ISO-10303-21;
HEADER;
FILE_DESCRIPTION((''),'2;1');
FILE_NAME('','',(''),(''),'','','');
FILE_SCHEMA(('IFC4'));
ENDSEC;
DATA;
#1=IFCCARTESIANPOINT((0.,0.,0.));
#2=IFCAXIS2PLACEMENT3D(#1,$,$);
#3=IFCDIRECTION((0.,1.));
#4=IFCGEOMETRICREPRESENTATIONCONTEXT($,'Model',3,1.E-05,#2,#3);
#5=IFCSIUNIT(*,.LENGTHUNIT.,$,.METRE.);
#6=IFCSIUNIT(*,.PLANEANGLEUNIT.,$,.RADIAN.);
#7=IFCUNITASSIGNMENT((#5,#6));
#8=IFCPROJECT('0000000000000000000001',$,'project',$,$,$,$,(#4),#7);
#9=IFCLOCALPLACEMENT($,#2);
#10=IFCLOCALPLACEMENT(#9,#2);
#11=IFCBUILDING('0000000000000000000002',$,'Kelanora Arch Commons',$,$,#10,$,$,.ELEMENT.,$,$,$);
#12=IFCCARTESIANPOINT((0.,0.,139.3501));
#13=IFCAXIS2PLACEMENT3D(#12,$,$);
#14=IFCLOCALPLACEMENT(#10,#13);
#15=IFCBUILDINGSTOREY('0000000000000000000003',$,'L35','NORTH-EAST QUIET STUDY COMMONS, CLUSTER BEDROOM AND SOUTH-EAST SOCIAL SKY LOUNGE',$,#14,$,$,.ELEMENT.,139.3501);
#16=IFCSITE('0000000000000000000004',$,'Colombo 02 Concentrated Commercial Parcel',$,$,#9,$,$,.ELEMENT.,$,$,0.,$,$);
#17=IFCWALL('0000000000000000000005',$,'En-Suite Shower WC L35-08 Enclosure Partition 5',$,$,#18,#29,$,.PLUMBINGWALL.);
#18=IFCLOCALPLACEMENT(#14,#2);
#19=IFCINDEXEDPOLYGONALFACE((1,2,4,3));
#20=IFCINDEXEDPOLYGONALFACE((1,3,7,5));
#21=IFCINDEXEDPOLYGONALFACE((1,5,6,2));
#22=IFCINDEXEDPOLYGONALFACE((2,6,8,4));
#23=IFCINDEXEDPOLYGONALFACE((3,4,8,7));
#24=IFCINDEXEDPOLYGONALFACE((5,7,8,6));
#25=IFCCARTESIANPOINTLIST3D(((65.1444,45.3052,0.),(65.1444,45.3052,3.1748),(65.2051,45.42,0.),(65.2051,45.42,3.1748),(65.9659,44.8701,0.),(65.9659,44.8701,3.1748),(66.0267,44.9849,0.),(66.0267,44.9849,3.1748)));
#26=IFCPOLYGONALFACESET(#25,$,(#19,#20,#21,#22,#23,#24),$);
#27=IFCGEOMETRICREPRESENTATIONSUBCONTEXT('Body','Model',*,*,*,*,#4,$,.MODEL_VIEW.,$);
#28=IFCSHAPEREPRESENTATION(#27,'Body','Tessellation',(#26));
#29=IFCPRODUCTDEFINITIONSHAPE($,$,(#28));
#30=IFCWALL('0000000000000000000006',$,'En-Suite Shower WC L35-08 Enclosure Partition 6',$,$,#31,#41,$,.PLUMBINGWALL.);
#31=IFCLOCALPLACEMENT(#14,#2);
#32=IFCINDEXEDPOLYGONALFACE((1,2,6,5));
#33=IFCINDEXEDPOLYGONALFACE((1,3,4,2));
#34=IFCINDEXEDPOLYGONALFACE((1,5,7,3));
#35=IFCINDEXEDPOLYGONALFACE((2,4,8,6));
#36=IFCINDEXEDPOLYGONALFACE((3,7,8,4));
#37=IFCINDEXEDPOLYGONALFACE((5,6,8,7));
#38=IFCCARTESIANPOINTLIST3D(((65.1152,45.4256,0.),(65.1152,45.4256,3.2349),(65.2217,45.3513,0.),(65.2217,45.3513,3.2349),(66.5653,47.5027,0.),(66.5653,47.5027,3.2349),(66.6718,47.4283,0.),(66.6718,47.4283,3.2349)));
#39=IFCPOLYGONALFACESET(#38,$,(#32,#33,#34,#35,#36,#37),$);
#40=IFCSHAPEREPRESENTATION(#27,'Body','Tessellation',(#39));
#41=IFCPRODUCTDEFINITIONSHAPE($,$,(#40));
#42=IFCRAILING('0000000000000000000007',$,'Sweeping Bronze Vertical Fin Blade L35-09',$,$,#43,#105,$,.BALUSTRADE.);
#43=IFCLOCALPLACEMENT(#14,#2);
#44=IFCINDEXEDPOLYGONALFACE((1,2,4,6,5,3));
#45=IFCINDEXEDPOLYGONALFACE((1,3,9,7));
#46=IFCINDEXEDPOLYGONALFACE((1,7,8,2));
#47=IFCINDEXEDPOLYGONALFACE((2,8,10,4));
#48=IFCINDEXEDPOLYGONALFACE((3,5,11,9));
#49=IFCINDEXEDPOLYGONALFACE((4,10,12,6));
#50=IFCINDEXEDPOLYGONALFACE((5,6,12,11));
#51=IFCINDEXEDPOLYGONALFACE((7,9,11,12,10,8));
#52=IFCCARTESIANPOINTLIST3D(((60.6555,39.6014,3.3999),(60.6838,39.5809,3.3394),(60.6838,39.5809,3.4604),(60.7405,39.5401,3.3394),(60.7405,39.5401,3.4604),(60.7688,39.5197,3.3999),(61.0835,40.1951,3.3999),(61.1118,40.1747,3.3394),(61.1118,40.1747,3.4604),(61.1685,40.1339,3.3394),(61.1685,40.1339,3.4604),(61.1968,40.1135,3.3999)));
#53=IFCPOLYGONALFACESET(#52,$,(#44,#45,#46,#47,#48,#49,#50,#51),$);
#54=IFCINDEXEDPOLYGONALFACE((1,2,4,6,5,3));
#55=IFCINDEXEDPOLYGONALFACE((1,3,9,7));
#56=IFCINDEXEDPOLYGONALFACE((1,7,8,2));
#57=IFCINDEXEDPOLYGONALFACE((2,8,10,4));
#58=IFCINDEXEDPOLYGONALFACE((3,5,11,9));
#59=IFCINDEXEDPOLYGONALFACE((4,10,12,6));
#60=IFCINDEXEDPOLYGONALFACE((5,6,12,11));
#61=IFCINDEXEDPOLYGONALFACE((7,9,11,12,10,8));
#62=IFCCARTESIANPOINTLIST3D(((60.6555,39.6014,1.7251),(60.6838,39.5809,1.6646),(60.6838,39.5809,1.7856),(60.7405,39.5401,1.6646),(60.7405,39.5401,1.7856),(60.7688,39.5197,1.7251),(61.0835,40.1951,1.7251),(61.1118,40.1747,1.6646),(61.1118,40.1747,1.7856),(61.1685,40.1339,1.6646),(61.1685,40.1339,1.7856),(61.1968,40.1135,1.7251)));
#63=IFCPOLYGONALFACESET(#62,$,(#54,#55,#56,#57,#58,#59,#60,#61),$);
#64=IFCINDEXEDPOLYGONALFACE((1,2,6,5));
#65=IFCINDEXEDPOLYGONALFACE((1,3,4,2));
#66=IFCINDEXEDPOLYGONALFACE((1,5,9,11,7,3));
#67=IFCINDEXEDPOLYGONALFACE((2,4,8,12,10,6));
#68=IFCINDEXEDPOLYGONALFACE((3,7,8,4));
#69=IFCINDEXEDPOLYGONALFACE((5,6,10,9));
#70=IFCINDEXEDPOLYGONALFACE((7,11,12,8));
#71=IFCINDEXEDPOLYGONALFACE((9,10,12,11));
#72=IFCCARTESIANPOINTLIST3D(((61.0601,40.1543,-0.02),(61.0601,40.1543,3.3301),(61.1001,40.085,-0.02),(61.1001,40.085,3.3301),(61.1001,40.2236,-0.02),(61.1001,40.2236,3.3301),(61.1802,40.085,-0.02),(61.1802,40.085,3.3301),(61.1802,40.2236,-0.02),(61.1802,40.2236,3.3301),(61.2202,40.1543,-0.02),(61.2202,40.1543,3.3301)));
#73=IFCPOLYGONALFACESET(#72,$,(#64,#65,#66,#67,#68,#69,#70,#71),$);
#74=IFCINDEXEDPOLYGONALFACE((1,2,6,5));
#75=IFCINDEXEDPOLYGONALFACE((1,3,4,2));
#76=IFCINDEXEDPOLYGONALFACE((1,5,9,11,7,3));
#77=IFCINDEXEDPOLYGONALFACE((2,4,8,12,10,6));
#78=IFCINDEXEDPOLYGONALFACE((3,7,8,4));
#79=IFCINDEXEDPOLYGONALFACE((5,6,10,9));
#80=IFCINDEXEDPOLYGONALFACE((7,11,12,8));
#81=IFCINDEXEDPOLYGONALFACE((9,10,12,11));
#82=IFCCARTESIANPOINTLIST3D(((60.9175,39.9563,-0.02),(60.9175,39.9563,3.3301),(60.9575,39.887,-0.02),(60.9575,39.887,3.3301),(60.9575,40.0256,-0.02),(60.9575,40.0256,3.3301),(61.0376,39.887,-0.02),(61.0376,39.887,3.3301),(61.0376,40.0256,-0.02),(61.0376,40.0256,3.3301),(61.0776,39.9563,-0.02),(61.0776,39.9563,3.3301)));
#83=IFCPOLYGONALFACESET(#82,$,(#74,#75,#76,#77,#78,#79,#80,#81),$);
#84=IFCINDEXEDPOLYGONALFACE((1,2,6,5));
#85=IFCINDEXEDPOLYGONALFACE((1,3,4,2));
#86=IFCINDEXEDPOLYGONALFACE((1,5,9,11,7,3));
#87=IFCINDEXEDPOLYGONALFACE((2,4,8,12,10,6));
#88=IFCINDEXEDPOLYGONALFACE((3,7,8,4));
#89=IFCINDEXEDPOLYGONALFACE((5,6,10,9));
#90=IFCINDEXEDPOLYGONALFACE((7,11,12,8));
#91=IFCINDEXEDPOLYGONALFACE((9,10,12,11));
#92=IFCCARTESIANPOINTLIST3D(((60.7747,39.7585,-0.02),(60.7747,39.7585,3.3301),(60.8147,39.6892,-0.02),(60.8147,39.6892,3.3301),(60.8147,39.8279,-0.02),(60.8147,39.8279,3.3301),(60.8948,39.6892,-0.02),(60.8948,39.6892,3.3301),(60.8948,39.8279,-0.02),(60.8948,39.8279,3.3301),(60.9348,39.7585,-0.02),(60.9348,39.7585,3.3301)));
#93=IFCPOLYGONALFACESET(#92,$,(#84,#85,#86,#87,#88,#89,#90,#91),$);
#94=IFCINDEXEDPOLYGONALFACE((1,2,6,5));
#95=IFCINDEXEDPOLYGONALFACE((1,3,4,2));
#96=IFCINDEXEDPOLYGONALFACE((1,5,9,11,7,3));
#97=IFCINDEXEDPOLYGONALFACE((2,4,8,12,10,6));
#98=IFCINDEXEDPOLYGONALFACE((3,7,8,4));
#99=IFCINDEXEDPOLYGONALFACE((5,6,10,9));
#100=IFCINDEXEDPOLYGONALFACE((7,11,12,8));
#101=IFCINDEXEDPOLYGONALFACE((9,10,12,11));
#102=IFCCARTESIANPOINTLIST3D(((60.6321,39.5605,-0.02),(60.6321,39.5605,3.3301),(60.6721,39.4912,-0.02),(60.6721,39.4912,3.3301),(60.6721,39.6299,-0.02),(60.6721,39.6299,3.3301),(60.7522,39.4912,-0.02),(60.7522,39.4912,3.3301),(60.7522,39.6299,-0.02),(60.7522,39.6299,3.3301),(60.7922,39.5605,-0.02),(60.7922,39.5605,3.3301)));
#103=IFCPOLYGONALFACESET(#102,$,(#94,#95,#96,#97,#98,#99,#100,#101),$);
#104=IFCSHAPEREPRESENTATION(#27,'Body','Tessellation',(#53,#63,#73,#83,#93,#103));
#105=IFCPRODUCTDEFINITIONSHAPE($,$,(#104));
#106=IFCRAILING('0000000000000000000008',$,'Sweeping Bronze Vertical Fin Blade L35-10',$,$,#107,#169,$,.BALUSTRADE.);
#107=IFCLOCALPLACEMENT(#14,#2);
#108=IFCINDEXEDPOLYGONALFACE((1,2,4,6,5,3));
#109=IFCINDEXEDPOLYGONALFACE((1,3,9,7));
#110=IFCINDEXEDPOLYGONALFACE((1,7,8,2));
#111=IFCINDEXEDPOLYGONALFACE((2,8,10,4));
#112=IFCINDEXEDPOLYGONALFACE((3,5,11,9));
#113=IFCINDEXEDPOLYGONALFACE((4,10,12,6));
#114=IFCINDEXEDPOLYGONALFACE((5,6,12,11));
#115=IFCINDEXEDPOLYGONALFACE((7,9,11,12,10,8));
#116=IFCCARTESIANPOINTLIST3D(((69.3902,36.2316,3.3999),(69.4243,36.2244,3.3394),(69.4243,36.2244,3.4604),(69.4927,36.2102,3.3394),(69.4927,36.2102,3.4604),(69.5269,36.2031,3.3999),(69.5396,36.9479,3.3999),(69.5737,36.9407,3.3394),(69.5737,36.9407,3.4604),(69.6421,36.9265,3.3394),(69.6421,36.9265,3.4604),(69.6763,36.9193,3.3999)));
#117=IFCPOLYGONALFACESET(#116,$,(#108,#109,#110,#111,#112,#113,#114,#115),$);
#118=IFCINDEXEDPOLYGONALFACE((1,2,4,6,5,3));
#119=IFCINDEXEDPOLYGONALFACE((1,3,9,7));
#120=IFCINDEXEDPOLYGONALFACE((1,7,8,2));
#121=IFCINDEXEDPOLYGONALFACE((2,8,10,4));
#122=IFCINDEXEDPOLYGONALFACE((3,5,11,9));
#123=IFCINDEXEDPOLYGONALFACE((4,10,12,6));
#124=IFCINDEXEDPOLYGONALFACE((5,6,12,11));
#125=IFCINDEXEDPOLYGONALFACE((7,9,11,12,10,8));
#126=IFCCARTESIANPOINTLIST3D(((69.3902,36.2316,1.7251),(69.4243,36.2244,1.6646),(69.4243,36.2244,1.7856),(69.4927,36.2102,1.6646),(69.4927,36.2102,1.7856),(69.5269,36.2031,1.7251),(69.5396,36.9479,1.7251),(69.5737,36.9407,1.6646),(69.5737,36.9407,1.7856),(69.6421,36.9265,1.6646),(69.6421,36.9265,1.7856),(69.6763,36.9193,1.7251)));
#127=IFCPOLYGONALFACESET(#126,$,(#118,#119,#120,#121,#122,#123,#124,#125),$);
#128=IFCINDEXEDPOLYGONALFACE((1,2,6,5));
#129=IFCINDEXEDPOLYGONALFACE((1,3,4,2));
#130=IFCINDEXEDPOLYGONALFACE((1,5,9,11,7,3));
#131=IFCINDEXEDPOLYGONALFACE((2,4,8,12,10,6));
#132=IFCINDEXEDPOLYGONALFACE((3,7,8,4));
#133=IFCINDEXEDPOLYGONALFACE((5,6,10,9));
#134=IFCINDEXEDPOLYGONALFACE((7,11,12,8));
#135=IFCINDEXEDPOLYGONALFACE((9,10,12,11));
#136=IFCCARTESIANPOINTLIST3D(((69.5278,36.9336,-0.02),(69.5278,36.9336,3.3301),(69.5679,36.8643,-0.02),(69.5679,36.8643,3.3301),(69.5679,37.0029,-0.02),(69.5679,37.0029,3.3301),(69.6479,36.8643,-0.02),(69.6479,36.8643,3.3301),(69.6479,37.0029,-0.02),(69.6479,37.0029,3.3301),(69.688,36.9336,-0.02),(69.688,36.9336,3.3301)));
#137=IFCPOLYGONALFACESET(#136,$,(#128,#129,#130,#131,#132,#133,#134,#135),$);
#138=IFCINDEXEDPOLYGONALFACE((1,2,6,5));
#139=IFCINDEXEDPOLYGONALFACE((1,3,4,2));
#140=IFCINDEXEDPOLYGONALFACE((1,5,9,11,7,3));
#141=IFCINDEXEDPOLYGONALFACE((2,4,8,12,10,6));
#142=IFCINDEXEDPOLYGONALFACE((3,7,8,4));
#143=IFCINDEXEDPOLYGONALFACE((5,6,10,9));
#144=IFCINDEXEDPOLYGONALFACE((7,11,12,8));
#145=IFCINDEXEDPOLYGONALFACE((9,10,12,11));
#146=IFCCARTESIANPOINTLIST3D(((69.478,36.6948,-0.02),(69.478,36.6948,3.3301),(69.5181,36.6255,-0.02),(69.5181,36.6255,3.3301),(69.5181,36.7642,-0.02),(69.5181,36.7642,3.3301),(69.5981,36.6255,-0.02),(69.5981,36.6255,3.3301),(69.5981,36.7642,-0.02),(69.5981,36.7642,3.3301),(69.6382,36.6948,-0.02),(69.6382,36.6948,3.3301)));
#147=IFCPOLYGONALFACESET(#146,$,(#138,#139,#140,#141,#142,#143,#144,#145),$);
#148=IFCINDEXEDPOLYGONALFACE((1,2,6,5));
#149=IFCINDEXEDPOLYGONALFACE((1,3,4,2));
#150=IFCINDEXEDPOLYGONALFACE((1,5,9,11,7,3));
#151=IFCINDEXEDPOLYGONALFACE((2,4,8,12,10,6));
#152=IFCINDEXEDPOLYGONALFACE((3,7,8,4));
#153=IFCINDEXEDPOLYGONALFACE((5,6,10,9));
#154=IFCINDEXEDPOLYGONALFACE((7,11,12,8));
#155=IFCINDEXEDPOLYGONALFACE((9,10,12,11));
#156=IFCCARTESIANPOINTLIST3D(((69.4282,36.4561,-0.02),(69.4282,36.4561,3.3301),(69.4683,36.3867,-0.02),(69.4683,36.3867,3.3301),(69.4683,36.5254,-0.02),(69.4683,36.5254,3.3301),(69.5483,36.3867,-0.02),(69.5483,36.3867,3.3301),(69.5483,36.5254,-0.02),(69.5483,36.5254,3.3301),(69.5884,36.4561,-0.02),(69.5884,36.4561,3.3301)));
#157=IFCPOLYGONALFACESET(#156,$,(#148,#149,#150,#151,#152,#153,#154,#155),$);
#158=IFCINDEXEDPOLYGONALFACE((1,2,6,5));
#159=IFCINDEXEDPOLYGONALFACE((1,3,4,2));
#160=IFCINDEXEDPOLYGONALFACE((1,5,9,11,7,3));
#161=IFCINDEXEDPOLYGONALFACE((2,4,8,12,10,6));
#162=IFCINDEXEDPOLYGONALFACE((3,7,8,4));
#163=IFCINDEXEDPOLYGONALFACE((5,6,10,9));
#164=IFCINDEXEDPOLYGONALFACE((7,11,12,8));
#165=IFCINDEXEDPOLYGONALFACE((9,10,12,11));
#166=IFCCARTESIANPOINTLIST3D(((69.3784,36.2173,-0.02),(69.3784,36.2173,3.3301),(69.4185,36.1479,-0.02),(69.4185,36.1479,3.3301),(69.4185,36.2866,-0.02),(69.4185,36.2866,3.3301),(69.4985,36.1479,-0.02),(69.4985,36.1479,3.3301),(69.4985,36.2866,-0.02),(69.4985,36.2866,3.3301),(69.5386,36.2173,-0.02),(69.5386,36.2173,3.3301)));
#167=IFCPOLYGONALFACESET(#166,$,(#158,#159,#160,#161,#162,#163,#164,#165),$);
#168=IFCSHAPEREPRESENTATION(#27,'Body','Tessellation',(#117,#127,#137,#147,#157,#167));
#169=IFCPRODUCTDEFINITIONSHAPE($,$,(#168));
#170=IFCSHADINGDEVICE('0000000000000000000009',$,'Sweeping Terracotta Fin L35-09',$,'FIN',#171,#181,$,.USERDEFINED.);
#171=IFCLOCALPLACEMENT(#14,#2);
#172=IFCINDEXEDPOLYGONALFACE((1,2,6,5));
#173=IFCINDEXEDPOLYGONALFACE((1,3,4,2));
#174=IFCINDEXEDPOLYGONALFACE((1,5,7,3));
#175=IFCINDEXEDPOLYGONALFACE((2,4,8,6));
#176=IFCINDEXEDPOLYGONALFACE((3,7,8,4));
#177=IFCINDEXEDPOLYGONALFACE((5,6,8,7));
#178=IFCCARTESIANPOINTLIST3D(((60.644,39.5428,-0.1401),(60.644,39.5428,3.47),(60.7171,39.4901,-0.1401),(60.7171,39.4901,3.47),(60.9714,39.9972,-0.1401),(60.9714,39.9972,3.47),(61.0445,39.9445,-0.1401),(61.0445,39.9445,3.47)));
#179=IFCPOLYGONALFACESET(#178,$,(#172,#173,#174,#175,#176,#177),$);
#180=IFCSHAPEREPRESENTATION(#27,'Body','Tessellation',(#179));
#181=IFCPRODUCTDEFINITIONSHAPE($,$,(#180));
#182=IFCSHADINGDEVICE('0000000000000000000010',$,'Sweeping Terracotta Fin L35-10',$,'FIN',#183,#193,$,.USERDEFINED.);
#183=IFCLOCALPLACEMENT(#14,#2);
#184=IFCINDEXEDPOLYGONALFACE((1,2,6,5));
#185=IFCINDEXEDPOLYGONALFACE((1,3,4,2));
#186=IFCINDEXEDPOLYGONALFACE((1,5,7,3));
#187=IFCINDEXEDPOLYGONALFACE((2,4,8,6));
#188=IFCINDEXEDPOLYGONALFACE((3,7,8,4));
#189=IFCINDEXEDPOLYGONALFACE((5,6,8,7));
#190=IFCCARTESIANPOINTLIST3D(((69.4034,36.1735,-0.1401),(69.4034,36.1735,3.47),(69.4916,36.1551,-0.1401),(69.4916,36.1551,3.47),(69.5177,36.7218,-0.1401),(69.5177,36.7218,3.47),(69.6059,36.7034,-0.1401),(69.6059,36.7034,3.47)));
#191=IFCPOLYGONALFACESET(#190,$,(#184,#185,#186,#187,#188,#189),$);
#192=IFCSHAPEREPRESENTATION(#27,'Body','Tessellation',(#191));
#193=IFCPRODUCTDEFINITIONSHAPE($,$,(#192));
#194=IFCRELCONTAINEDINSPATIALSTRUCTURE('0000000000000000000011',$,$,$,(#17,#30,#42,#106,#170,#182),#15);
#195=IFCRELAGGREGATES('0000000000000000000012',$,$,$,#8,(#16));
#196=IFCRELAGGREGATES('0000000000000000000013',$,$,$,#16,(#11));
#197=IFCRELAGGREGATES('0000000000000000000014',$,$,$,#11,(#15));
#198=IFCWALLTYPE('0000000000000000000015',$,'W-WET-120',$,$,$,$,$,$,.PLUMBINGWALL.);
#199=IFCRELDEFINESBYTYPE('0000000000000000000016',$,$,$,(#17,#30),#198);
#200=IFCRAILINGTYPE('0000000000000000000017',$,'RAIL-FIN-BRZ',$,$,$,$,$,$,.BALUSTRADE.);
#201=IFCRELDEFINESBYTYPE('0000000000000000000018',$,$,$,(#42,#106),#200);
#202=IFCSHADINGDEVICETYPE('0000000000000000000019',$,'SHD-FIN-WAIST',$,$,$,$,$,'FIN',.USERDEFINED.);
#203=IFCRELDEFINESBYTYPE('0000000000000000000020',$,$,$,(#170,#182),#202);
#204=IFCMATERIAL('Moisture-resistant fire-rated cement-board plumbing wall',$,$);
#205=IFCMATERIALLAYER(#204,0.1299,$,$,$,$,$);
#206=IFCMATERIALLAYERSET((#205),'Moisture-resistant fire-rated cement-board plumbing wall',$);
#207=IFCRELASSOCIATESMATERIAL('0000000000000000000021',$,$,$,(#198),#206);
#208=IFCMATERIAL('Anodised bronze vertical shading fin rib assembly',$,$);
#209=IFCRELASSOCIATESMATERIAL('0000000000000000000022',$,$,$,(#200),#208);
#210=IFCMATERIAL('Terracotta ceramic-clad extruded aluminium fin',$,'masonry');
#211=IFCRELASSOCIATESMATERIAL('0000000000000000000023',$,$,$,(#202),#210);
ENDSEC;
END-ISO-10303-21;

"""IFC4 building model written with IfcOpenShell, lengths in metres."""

from ifc_helpers import new_model, si_unit, direction, frame, frame_2d, origin, origin_2d, place, context, subcontext, project, spatial, polyline, rectangle, outline, extrude, source, transform, mapped, material, layer, layer_set, type_object, element, save


model = new_model("IFC4")

# Units and contexts
model_context = context("Model", 3, precision=1e-05, world=origin(), true_north=direction((0.0, 1.0)))
body_context = subcontext(model_context, "Body", "Model", "MODEL_VIEW")
ifc_project = project(units=[si_unit("LENGTHUNIT", "METRE"), si_unit("PLANEANGLEUNIT", "RADIAN")], contexts=[model_context])

# Site, building, storey
site_placement = place(None, origin())
site = spatial("IfcSite", under=ifc_project, at=site_placement, Name="Colombo 02 Concentrated Commercial Parcel", CompositionType="ELEMENT", RefElevation=0.0)
building_placement = place(site_placement, origin())
building = spatial("IfcBuilding", under=site, at=building_placement, Name="Kelanora Arch Commons", CompositionType="ELEMENT")
storey_placement = place(building_placement, frame((0.0, 0.0, 139.3501)))
storey = spatial("IfcBuildingStorey", under=building, at=storey_placement, Name="L35", Description="NORTH-EAST QUIET STUDY COMMONS, CLUSTER BEDROOM AND SOUTH-EAST SOCIAL SKY LOUNGE", CompositionType="ELEMENT", Elevation=139.3501)

# Shared definitions
ifc_material_1 = material(Name="Moisture-resistant fire-rated cement-board plumbing wall")
ifc_layer_1 = layer(ifc_material_1, 0.1299)
ifc_layer_set_1 = layer_set([ifc_layer_1], Name="Moisture-resistant fire-rated cement-board plumbing wall")
wall_type_1 = type_object("IfcWallType", Name="W-WET-120", PredefinedType="PLUMBINGWALL", material=ifc_layer_set_1)

# Walls
wall_1_placement = place(storey_placement, frame((65.9963, 44.9275, 0.0), z_axis=(0.0, 0.0, 1.0), x_axis=(-0.88373, 0.467996, 0.0)))
element("IfcWall", 1, at=wall_1_placement, inside=storey, type_object=wall_type_1, Name="En-Suite Shower WC L35-08 Enclosure Partition 5", PredefinedType="PLUMBINGWALL", context=body_context, shape_type="SweptSolid", body=[
    extrude(rectangle(XDim=0.9297, YDim=0.1299, at=frame_2d((0.4648, 0.0))), origin(), (0.0, 0.0, 1.0), 3.1748),
])
wall_2_placement = place(storey_placement, frame((65.1685, 45.3884, 0.0), z_axis=(0.0, 0.0, 1.0), x_axis=(0.572453, 0.819938, 0.0)))
element("IfcWall", 2, at=wall_2_placement, inside=storey, type_object=wall_type_1, Name="En-Suite Shower WC L35-08 Enclosure Partition 6", PredefinedType="PLUMBINGWALL", context=body_context, shape_type="SweptSolid", body=[
    extrude(rectangle(XDim=2.5332, YDim=0.1299, at=frame_2d((1.2666, 0.0))), origin(), (0.0, 0.0, 1.0), 3.2349),
])

# Railings
ifc_material_2 = material(Name="Anodised bronze vertical shading fin rib assembly")
railing_type = type_object("IfcRailingType", Name="RAIL-FIN-BRZ", PredefinedType="BALUSTRADE", material=ifc_material_2)
railing_1_placement = place(storey_placement, frame((61.1401, 40.1543, -0.02)))
element("IfcRailing", 3, at=railing_1_placement, inside=storey, type_object=railing_type, Name="Sweeping Bronze Vertical Fin Blade L35-09", PredefinedType="BALUSTRADE", context=body_context, shape_type="SweptSolid", body=[
    extrude(outline(polyline([(0.0698, 0.0), (0.0349, 0.0605), (-0.0349, 0.0605), (-0.0698, 0.0), (-0.0349, -0.0605), (0.0349, -0.0605), (0.0698, 0.0)])), frame((0.0, 0.0, 3.4199), z_axis=(-0.584735, -0.811224, 0.0), x_axis=(0.811224, -0.584735, 0.0)), (0.0, 0.0, 1.0), 0.7319),
    extrude(outline(polyline([(0.0698, 0.0), (0.0349, 0.0605), (-0.0349, 0.0605), (-0.0698, 0.0), (-0.0349, -0.0605), (0.0349, -0.0605), (0.0698, 0.0)])), frame((0.0, 0.0, 1.7451), z_axis=(-0.584735, -0.811224, 0.0), x_axis=(0.811224, -0.584735, 0.0)), (0.0, 0.0, 1.0), 0.7319),
    extrude(outline(polyline([(0.0801, 0.0), (0.04, 0.0693), (-0.04, 0.0693), (-0.0801, 0.0), (-0.04, -0.0693), (0.04, -0.0693), (0.0801, 0.0)])), origin(), (0.0, 0.0, 1.0), 3.3501),
    extrude(outline(polyline([(0.0801, 0.0), (0.04, 0.0693), (-0.04, 0.0693), (-0.0801, 0.0), (-0.04, -0.0693), (0.04, -0.0693), (0.0801, 0.0)])), frame((-0.1426, -0.198, 0.0)), (0.0, 0.0, 1.0), 3.3501),
    extrude(outline(polyline([(0.0801, 0.0), (0.04, 0.0693), (-0.04, 0.0693), (-0.0801, 0.0), (-0.04, -0.0693), (0.04, -0.0693), (0.0801, 0.0)])), frame((-0.2854, -0.3958, 0.0)), (0.0, 0.0, 1.0), 3.3501),
    extrude(outline(polyline([(0.0801, 0.0), (0.04, 0.0693), (-0.04, 0.0693), (-0.0801, 0.0), (-0.04, -0.0693), (0.04, -0.0693), (0.0801, 0.0)])), frame((-0.428, -0.5938, 0.0)), (0.0, 0.0, 1.0), 3.3501),
])
railing_2_placement = place(storey_placement, frame((69.6079, 36.9336, -0.02)))
element("IfcRailing", 4, at=railing_2_placement, inside=storey, type_object=railing_type, Name="Sweeping Bronze Vertical Fin Blade L35-10", PredefinedType="BALUSTRADE", context=body_context, shape_type="SweptSolid", body=[
    extrude(outline(polyline([(0.0698, 0.0), (0.0349, 0.0605), (-0.0349, 0.0605), (-0.0698, 0.0), (-0.0349, -0.0605), (0.0349, -0.0605), (0.0698, 0.0)])), frame((0.0, 0.0, 3.4199), z_axis=(-0.204194, -0.97893, 0.0), x_axis=(0.97893, -0.204194, 0.0)), (0.0, 0.0, 1.0), 0.7317),
    extrude(outline(polyline([(0.0698, 0.0), (0.0349, 0.0605), (-0.0349, 0.0605), (-0.0698, 0.0), (-0.0349, -0.0605), (0.0349, -0.0605), (0.0698, 0.0)])), frame((0.0, 0.0, 1.7451), z_axis=(-0.204194, -0.97893, 0.0), x_axis=(0.97893, -0.204194, 0.0)), (0.0, 0.0, 1.0), 0.7317),
    extrude(outline(polyline([(0.0801, 0.0), (0.04, 0.0693), (-0.04, 0.0693), (-0.0801, 0.0), (-0.04, -0.0693), (0.04, -0.0693), (0.0801, 0.0)])), origin(), (0.0, 0.0, 1.0), 3.3501),
    extrude(outline(polyline([(0.0801, 0.0), (0.04, 0.0693), (-0.04, 0.0693), (-0.0801, 0.0), (-0.04, -0.0693), (0.04, -0.0693), (0.0801, 0.0)])), frame((-0.0498, -0.2388, 0.0)), (0.0, 0.0, 1.0), 3.3501),
    extrude(outline(polyline([(0.0801, 0.0), (0.04, 0.0693), (-0.04, 0.0693), (-0.0801, 0.0), (-0.04, -0.0693), (0.04, -0.0693), (0.0801, 0.0)])), frame((-0.0996, -0.4775, 0.0)), (0.0, 0.0, 1.0), 3.3501),
    extrude(outline(polyline([(0.0801, 0.0), (0.04, 0.0693), (-0.04, 0.0693), (-0.0801, 0.0), (-0.04, -0.0693), (0.04, -0.0693), (0.0801, 0.0)])), frame((-0.1494, -0.7163, 0.0)), (0.0, 0.0, 1.0), 3.3501),
])

# Shading devices
ifc_material_3 = material(Name="Terracotta ceramic-clad extruded aluminium fin", Category="masonry")
shading_device_type = type_object("IfcShadingDeviceType", Name="SHD-FIN-WAIST", ElementType="FIN", PredefinedType="USERDEFINED", material=ifc_material_3)
shared_shape_1 = source(origin(), body_context, "Body", "SweptSolid", [
    extrude(rectangle(XDim=0.5601, YDim=0.0901, at=origin_2d()), origin(), (0.0, 0.0, 1.0), 3.6101),
])
for number, where, z_axis, x_axis, name in (
    (5, (60.8442, 39.7437, -0.1401), (0.0, 0.0, 1.0), (-0.584675, -0.811268, 0.0), "Sweeping Terracotta Fin L35-09"),
    (6, (69.5046, 36.4385, -0.1401), (0.0, 0.0, 1.0), (-0.204154, -0.978939, 0.0), "Sweeping Terracotta Fin L35-10"),
):
    element("IfcShadingDevice", number, at=place(storey_placement, frame(where, z_axis=z_axis, x_axis=x_axis)), inside=storey, type_object=shading_device_type, Name=name, ObjectType="FIN", PredefinedType="USERDEFINED", context=body_context, shape_type="MappedRepresentation", body=[
        mapped(shared_shape_1, transform((0.0, 0.0, 0.0), scale=1.0)),
    ])

save(model, "model.ifc")
